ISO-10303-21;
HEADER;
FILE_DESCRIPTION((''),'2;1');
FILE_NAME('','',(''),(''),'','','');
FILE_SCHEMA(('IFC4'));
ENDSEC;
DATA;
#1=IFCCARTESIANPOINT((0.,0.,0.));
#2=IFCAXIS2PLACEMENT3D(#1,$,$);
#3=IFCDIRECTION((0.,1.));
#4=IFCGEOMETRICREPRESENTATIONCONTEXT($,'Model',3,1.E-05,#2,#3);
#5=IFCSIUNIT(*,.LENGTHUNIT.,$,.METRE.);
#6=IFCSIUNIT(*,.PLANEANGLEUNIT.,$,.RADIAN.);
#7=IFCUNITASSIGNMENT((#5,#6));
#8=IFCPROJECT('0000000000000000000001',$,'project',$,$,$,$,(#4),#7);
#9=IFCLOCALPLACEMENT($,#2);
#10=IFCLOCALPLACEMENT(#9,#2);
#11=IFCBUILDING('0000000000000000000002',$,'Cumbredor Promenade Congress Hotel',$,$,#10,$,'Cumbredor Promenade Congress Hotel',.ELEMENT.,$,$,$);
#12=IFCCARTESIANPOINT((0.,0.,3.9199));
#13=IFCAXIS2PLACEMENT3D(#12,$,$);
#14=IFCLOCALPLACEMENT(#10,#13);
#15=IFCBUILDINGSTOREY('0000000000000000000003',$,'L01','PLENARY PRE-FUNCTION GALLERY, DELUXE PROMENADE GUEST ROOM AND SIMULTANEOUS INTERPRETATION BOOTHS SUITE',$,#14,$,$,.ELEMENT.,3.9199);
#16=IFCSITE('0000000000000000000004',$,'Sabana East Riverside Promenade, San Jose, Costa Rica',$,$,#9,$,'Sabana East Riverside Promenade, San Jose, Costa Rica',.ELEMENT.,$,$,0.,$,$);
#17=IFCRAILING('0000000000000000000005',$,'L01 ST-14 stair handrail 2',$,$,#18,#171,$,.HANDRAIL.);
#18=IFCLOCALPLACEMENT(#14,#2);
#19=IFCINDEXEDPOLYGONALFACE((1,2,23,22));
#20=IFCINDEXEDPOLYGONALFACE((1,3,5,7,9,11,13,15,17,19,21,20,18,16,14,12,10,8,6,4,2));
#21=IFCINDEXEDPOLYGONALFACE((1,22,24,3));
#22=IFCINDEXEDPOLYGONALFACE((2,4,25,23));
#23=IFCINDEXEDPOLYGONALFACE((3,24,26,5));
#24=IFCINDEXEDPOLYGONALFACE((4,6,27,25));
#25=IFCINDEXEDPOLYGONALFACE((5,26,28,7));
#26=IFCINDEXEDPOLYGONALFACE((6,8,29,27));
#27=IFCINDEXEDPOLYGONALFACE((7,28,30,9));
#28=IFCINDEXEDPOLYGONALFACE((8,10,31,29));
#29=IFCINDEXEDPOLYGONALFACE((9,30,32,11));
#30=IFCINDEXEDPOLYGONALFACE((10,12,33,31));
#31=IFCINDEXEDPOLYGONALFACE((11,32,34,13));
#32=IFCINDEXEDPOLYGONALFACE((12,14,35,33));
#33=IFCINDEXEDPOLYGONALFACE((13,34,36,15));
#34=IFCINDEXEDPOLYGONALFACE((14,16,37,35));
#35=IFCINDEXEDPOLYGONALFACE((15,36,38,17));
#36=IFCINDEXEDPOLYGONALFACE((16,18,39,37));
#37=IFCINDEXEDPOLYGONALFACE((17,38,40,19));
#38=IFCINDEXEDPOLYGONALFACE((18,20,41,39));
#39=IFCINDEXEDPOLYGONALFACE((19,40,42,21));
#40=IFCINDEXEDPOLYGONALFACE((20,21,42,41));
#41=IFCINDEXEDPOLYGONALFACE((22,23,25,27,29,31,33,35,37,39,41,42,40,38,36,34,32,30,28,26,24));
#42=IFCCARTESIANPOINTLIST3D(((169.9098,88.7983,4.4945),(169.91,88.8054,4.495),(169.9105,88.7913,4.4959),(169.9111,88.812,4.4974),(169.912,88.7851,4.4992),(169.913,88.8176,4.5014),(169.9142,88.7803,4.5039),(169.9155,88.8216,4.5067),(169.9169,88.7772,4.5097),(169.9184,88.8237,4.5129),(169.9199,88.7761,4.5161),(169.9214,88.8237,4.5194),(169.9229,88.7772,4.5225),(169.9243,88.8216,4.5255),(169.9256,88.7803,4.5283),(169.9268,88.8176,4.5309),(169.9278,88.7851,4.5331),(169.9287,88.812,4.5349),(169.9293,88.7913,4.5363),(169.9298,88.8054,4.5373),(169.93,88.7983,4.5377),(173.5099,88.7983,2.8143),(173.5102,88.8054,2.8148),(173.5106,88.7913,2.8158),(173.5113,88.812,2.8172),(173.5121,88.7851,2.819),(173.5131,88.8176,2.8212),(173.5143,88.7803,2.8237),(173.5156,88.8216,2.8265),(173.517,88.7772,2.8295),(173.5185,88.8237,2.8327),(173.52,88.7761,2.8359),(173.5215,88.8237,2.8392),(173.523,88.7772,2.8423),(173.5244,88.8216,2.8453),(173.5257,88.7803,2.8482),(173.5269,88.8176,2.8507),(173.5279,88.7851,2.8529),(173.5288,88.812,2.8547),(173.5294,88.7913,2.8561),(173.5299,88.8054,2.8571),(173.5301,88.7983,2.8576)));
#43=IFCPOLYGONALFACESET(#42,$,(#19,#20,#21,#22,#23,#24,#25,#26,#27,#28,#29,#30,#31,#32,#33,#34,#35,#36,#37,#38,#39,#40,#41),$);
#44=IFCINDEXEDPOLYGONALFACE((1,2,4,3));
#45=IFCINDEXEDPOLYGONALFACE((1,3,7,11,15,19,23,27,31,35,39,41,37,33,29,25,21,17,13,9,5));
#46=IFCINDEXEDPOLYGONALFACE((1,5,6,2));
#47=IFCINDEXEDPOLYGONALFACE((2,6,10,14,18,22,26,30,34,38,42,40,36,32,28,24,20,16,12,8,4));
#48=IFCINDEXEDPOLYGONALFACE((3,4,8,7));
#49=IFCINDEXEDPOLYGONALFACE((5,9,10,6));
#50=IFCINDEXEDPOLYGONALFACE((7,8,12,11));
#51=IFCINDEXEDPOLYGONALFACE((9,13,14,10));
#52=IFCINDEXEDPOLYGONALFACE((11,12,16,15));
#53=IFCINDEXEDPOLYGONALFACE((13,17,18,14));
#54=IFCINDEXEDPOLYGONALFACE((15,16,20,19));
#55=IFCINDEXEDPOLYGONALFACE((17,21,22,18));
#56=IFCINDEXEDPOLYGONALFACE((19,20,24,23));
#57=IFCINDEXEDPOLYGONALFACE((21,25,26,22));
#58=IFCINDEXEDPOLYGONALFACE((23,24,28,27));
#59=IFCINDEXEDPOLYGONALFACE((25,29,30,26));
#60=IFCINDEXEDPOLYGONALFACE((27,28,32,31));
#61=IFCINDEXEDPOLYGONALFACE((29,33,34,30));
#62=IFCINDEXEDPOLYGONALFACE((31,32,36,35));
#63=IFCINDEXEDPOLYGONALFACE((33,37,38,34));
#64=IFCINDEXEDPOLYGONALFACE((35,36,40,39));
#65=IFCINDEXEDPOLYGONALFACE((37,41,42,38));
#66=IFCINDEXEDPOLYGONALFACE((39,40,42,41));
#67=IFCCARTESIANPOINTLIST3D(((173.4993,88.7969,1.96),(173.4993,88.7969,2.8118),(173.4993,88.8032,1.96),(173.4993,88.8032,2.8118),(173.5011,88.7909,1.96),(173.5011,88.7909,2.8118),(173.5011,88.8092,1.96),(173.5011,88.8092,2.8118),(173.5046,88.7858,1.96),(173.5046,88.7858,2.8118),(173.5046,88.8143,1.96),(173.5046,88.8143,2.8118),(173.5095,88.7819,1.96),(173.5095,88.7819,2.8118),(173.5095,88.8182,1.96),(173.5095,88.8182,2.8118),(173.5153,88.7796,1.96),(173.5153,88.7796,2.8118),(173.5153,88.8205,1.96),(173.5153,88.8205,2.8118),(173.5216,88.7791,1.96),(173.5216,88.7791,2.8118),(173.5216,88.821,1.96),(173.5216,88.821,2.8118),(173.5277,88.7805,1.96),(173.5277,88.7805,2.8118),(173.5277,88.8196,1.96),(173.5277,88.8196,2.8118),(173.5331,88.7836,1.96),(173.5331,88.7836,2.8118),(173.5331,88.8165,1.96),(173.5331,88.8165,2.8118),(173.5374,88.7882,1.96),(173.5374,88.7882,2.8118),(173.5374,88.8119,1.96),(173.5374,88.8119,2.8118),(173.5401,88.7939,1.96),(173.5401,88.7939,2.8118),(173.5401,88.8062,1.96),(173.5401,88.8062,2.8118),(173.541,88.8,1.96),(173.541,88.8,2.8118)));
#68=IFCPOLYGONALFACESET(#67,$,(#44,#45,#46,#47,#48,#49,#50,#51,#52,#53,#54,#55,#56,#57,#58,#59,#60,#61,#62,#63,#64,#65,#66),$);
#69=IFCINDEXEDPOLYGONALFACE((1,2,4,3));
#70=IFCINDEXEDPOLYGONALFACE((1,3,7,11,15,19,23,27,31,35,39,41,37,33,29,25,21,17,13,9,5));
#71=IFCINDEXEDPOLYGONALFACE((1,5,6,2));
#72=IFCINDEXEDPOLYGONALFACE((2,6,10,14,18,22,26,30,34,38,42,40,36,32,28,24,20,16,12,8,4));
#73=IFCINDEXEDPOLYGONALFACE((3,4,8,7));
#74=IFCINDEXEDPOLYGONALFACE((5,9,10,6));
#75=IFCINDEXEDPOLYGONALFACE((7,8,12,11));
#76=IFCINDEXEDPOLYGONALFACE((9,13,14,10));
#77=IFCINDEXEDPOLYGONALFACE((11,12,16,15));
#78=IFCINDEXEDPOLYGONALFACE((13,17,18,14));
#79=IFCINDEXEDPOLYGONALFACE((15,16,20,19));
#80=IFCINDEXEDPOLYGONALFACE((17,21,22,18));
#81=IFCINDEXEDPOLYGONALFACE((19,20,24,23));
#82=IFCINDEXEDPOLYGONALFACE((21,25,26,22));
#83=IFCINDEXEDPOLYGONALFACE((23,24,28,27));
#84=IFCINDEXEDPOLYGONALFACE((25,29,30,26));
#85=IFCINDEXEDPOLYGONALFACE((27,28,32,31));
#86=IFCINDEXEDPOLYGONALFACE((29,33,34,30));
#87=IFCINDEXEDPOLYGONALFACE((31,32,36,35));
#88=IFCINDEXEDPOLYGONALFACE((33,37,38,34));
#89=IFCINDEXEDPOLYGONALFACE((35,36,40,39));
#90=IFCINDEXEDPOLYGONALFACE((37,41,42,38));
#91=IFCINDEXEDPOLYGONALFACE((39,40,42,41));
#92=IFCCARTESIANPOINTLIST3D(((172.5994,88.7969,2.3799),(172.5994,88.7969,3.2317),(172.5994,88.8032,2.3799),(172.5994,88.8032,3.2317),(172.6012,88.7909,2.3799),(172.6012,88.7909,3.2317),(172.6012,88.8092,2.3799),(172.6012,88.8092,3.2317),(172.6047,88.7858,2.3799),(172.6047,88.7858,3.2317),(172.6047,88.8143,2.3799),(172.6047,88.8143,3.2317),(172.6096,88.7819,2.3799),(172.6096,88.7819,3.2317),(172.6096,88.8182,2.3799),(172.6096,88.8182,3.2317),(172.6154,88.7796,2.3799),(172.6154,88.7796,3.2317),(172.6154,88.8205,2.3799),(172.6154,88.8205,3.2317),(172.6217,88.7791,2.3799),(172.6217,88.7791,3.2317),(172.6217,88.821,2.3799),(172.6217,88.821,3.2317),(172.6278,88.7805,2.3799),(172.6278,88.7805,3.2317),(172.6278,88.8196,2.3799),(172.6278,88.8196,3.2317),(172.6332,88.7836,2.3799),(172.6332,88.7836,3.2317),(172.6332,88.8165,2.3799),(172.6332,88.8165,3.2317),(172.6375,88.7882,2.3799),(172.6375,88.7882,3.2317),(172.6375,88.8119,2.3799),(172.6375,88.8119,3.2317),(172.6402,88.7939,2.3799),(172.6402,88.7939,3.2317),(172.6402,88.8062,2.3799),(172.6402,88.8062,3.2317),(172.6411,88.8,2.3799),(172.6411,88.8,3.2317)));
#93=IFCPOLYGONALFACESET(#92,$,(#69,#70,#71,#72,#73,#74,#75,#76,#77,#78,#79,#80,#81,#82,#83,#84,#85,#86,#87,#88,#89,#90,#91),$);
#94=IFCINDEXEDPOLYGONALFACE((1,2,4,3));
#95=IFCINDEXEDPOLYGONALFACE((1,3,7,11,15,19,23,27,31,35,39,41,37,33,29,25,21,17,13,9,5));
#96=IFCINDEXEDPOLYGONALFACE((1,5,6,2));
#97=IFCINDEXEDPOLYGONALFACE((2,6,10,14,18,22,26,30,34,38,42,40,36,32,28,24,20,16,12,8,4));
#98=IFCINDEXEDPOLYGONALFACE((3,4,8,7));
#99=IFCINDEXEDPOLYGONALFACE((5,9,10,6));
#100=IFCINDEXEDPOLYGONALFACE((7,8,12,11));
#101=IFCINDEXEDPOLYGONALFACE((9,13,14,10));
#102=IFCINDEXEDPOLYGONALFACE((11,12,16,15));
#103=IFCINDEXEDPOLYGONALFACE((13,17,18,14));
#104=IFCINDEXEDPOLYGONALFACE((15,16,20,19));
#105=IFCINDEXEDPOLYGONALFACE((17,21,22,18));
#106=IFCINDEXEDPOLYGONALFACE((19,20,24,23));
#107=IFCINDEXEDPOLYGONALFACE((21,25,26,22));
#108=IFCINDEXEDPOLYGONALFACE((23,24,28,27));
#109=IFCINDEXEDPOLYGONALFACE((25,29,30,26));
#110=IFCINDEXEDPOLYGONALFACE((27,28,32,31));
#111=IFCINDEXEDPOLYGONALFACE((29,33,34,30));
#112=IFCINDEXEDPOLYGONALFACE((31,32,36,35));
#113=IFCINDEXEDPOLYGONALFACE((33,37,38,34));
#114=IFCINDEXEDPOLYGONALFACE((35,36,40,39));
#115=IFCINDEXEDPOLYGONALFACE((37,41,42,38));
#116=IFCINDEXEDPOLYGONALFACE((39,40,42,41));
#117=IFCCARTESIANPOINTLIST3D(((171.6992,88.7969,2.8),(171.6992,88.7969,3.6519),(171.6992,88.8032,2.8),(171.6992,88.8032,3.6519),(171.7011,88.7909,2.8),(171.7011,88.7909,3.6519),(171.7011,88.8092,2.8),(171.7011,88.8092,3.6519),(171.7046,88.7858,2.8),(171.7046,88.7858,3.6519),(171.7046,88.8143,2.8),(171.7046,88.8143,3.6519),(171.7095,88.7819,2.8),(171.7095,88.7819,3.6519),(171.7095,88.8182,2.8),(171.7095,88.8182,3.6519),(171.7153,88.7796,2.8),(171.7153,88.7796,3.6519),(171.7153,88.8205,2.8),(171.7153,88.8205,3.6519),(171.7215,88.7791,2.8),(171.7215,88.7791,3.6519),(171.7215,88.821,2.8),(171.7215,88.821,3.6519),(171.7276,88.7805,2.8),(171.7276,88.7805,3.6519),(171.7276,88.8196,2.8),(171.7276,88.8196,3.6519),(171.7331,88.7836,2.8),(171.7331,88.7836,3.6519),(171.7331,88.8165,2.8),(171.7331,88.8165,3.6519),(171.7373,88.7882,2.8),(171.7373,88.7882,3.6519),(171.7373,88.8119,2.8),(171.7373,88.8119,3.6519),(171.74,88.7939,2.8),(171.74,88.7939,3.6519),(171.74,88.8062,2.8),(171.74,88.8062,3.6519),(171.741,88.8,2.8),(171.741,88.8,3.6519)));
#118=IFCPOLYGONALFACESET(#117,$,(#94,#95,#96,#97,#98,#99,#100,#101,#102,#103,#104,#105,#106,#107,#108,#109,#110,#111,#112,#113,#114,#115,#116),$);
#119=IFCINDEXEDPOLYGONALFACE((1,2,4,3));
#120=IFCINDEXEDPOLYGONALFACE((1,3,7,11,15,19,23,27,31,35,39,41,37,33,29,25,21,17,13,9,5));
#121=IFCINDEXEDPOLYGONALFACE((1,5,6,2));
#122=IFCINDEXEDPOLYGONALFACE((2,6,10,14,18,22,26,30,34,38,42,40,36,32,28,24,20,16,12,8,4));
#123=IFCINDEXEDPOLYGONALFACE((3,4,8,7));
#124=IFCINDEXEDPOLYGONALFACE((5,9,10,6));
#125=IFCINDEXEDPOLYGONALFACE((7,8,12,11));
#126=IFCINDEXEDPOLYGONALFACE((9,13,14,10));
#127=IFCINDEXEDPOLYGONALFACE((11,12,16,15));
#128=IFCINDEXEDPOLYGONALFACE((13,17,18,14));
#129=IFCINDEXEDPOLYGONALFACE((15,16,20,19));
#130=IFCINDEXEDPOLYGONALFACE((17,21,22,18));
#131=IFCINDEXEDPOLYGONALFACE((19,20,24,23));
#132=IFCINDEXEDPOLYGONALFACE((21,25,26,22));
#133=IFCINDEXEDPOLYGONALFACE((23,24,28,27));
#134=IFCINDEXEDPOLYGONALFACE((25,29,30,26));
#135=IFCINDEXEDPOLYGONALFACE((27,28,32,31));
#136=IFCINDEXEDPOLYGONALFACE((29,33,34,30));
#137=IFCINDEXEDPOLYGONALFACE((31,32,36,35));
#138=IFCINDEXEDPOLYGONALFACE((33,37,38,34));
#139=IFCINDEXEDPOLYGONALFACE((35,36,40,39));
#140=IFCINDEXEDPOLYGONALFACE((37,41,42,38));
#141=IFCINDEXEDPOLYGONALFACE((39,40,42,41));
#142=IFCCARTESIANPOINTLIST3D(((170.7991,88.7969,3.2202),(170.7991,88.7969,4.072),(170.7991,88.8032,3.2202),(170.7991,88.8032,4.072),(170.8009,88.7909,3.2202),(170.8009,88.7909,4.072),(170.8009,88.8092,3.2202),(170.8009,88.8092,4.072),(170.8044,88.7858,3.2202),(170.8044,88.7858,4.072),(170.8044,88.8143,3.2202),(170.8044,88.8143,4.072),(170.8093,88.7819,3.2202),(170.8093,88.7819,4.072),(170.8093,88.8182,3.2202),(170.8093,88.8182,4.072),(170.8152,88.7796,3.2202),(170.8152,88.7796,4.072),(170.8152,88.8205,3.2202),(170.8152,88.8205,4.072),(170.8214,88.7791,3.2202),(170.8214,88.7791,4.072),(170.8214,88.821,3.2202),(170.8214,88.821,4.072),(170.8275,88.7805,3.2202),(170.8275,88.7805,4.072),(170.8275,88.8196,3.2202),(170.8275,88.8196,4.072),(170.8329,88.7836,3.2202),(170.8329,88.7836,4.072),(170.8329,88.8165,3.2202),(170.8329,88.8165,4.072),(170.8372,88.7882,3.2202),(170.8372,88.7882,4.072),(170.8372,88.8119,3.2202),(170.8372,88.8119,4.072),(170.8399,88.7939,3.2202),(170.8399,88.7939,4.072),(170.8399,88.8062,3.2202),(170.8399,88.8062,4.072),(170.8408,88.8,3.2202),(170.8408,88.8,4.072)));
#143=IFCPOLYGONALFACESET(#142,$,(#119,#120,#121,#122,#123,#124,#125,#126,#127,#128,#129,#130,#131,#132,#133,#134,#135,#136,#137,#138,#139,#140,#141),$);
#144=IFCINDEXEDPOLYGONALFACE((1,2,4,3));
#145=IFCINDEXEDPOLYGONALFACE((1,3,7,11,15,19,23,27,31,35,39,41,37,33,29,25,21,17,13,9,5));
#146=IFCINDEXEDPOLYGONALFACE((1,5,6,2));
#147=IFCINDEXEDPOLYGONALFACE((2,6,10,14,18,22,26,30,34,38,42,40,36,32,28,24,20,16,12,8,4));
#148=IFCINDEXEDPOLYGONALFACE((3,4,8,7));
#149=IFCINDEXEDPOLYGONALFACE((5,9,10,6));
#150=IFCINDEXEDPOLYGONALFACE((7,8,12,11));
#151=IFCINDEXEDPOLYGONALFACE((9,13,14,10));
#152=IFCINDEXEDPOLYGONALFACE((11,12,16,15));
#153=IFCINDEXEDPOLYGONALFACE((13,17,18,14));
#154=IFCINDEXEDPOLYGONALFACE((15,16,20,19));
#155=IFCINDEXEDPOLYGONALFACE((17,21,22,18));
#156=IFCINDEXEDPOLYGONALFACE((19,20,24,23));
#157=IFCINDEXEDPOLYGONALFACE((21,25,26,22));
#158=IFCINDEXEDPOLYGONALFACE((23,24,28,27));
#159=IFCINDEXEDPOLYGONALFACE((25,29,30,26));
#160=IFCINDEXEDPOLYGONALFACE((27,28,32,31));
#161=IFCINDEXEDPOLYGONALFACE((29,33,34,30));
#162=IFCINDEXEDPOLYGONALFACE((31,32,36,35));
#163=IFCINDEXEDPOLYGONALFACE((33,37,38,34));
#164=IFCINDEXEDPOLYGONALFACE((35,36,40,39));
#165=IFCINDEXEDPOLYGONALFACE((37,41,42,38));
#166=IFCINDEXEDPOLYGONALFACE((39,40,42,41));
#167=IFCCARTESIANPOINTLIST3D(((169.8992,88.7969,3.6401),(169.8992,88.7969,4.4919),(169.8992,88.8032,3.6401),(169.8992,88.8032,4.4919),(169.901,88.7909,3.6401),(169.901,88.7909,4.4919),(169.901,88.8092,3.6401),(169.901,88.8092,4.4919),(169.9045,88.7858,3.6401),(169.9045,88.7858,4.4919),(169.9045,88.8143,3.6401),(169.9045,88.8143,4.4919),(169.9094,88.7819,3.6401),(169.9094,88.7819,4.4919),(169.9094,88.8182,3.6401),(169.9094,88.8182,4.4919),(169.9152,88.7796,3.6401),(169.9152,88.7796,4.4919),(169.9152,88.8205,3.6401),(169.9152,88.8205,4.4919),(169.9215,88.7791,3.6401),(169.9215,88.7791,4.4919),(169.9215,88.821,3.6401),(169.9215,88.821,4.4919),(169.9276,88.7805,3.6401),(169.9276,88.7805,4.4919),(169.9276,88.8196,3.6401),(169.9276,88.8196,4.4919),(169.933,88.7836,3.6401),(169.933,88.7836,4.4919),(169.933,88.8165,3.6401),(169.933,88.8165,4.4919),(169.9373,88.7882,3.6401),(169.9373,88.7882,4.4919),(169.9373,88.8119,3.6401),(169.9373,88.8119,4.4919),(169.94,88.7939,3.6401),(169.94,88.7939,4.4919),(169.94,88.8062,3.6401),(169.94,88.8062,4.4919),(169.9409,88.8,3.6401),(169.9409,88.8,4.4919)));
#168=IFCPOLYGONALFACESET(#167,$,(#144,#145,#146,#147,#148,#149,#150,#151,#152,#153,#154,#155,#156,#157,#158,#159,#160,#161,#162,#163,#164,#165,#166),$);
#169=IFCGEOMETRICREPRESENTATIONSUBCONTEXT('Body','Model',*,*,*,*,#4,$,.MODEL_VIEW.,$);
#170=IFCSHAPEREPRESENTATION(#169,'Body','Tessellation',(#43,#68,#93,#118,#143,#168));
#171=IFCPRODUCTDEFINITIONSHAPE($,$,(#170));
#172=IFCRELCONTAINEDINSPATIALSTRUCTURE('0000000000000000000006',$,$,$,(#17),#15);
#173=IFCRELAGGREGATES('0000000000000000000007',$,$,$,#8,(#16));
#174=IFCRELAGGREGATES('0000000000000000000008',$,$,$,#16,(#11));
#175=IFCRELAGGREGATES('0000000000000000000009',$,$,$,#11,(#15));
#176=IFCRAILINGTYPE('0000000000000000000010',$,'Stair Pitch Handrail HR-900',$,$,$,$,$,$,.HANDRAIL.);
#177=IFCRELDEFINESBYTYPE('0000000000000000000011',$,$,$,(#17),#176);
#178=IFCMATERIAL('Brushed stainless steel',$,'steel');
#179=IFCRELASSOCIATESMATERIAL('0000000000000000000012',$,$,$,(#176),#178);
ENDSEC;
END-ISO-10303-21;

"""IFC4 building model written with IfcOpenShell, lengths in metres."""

from ifc_helpers import new_model, si_unit, direction, frame, origin, origin_2d, place, context, subcontext, project, spatial, circle, extrude, material, type_object, element, save


model = new_model("IFC4")

# Units and contexts
model_context = context("Model", 3, precision=1e-05, world=origin(), true_north=direction((0.0, 1.0)))
body_context = subcontext(model_context, "Body", "Model", "MODEL_VIEW")
ifc_project = project(units=[si_unit("LENGTHUNIT", "METRE"), si_unit("PLANEANGLEUNIT", "RADIAN")], contexts=[model_context])

# Site, building, storey
site_placement = place(None, origin())
site = spatial("IfcSite", under=ifc_project, at=site_placement, Name="Sabana East Riverside Promenade, San Jose, Costa Rica", LongName="Sabana East Riverside Promenade, San Jose, Costa Rica", CompositionType="ELEMENT", RefElevation=0.0)
building_placement = place(site_placement, origin())
building = spatial("IfcBuilding", under=site, at=building_placement, Name="Cumbredor Promenade Congress Hotel", LongName="Cumbredor Promenade Congress Hotel", CompositionType="ELEMENT")
storey_placement = place(building_placement, frame((0.0, 0.0, 3.9199)))
storey = spatial("IfcBuildingStorey", under=building, at=storey_placement, Name="L01", Description="PLENARY PRE-FUNCTION GALLERY, DELUXE PROMENADE GUEST ROOM AND SIMULTANEOUS INTERPRETATION BOOTHS SUITE", CompositionType="ELEMENT", Elevation=3.9199)

# Railing
ifc_material_1 = material(Name="Brushed stainless steel", Category="steel")
railing_type_1 = type_object("IfcRailingType", Name="Stair Pitch Handrail HR-900", PredefinedType="HANDRAIL", material=ifc_material_1)
railing_1_placement = place(storey_placement, frame((173.52, 88.8, 1.96)))
element("IfcRailing", 1, at=railing_1_placement, inside=storey, type_object=railing_type_1, Name="L01 ST-14 stair handrail 2", PredefinedType="HANDRAIL", context=body_context, shape_type="SweptSolid", body=[
    extrude(circle(Radius=0.0239, at=origin_2d()), frame((0.0, 0.0, 0.876), z_axis=(-0.906171, 0.0, 0.422912), x_axis=(0.0, -1.0, 0.0)), (0.0, 0.0, 1.0), 3.9729),
    extrude(circle(Radius=0.021, at=origin_2d()), origin(), (0.0, 0.0, 1.0), 0.8518),
    extrude(circle(Radius=0.021, at=origin_2d()), frame((-0.8999, 0.0, 0.4199)), (0.0, 0.0, 1.0), 0.8518),
    extrude(circle(Radius=0.021, at=origin_2d()), frame((-1.8, 0.0, 0.8401)), (0.0, 0.0, 1.0), 0.8518),
    extrude(circle(Radius=0.021, at=origin_2d()), frame((-2.7002, 0.0, 1.2603)), (0.0, 0.0, 1.0), 0.8518),
    extrude(circle(Radius=0.021, at=origin_2d()), frame((-3.6001, 0.0, 1.6802)), (0.0, 0.0, 1.0), 0.8518),
])

save(model, "model.ifc")
